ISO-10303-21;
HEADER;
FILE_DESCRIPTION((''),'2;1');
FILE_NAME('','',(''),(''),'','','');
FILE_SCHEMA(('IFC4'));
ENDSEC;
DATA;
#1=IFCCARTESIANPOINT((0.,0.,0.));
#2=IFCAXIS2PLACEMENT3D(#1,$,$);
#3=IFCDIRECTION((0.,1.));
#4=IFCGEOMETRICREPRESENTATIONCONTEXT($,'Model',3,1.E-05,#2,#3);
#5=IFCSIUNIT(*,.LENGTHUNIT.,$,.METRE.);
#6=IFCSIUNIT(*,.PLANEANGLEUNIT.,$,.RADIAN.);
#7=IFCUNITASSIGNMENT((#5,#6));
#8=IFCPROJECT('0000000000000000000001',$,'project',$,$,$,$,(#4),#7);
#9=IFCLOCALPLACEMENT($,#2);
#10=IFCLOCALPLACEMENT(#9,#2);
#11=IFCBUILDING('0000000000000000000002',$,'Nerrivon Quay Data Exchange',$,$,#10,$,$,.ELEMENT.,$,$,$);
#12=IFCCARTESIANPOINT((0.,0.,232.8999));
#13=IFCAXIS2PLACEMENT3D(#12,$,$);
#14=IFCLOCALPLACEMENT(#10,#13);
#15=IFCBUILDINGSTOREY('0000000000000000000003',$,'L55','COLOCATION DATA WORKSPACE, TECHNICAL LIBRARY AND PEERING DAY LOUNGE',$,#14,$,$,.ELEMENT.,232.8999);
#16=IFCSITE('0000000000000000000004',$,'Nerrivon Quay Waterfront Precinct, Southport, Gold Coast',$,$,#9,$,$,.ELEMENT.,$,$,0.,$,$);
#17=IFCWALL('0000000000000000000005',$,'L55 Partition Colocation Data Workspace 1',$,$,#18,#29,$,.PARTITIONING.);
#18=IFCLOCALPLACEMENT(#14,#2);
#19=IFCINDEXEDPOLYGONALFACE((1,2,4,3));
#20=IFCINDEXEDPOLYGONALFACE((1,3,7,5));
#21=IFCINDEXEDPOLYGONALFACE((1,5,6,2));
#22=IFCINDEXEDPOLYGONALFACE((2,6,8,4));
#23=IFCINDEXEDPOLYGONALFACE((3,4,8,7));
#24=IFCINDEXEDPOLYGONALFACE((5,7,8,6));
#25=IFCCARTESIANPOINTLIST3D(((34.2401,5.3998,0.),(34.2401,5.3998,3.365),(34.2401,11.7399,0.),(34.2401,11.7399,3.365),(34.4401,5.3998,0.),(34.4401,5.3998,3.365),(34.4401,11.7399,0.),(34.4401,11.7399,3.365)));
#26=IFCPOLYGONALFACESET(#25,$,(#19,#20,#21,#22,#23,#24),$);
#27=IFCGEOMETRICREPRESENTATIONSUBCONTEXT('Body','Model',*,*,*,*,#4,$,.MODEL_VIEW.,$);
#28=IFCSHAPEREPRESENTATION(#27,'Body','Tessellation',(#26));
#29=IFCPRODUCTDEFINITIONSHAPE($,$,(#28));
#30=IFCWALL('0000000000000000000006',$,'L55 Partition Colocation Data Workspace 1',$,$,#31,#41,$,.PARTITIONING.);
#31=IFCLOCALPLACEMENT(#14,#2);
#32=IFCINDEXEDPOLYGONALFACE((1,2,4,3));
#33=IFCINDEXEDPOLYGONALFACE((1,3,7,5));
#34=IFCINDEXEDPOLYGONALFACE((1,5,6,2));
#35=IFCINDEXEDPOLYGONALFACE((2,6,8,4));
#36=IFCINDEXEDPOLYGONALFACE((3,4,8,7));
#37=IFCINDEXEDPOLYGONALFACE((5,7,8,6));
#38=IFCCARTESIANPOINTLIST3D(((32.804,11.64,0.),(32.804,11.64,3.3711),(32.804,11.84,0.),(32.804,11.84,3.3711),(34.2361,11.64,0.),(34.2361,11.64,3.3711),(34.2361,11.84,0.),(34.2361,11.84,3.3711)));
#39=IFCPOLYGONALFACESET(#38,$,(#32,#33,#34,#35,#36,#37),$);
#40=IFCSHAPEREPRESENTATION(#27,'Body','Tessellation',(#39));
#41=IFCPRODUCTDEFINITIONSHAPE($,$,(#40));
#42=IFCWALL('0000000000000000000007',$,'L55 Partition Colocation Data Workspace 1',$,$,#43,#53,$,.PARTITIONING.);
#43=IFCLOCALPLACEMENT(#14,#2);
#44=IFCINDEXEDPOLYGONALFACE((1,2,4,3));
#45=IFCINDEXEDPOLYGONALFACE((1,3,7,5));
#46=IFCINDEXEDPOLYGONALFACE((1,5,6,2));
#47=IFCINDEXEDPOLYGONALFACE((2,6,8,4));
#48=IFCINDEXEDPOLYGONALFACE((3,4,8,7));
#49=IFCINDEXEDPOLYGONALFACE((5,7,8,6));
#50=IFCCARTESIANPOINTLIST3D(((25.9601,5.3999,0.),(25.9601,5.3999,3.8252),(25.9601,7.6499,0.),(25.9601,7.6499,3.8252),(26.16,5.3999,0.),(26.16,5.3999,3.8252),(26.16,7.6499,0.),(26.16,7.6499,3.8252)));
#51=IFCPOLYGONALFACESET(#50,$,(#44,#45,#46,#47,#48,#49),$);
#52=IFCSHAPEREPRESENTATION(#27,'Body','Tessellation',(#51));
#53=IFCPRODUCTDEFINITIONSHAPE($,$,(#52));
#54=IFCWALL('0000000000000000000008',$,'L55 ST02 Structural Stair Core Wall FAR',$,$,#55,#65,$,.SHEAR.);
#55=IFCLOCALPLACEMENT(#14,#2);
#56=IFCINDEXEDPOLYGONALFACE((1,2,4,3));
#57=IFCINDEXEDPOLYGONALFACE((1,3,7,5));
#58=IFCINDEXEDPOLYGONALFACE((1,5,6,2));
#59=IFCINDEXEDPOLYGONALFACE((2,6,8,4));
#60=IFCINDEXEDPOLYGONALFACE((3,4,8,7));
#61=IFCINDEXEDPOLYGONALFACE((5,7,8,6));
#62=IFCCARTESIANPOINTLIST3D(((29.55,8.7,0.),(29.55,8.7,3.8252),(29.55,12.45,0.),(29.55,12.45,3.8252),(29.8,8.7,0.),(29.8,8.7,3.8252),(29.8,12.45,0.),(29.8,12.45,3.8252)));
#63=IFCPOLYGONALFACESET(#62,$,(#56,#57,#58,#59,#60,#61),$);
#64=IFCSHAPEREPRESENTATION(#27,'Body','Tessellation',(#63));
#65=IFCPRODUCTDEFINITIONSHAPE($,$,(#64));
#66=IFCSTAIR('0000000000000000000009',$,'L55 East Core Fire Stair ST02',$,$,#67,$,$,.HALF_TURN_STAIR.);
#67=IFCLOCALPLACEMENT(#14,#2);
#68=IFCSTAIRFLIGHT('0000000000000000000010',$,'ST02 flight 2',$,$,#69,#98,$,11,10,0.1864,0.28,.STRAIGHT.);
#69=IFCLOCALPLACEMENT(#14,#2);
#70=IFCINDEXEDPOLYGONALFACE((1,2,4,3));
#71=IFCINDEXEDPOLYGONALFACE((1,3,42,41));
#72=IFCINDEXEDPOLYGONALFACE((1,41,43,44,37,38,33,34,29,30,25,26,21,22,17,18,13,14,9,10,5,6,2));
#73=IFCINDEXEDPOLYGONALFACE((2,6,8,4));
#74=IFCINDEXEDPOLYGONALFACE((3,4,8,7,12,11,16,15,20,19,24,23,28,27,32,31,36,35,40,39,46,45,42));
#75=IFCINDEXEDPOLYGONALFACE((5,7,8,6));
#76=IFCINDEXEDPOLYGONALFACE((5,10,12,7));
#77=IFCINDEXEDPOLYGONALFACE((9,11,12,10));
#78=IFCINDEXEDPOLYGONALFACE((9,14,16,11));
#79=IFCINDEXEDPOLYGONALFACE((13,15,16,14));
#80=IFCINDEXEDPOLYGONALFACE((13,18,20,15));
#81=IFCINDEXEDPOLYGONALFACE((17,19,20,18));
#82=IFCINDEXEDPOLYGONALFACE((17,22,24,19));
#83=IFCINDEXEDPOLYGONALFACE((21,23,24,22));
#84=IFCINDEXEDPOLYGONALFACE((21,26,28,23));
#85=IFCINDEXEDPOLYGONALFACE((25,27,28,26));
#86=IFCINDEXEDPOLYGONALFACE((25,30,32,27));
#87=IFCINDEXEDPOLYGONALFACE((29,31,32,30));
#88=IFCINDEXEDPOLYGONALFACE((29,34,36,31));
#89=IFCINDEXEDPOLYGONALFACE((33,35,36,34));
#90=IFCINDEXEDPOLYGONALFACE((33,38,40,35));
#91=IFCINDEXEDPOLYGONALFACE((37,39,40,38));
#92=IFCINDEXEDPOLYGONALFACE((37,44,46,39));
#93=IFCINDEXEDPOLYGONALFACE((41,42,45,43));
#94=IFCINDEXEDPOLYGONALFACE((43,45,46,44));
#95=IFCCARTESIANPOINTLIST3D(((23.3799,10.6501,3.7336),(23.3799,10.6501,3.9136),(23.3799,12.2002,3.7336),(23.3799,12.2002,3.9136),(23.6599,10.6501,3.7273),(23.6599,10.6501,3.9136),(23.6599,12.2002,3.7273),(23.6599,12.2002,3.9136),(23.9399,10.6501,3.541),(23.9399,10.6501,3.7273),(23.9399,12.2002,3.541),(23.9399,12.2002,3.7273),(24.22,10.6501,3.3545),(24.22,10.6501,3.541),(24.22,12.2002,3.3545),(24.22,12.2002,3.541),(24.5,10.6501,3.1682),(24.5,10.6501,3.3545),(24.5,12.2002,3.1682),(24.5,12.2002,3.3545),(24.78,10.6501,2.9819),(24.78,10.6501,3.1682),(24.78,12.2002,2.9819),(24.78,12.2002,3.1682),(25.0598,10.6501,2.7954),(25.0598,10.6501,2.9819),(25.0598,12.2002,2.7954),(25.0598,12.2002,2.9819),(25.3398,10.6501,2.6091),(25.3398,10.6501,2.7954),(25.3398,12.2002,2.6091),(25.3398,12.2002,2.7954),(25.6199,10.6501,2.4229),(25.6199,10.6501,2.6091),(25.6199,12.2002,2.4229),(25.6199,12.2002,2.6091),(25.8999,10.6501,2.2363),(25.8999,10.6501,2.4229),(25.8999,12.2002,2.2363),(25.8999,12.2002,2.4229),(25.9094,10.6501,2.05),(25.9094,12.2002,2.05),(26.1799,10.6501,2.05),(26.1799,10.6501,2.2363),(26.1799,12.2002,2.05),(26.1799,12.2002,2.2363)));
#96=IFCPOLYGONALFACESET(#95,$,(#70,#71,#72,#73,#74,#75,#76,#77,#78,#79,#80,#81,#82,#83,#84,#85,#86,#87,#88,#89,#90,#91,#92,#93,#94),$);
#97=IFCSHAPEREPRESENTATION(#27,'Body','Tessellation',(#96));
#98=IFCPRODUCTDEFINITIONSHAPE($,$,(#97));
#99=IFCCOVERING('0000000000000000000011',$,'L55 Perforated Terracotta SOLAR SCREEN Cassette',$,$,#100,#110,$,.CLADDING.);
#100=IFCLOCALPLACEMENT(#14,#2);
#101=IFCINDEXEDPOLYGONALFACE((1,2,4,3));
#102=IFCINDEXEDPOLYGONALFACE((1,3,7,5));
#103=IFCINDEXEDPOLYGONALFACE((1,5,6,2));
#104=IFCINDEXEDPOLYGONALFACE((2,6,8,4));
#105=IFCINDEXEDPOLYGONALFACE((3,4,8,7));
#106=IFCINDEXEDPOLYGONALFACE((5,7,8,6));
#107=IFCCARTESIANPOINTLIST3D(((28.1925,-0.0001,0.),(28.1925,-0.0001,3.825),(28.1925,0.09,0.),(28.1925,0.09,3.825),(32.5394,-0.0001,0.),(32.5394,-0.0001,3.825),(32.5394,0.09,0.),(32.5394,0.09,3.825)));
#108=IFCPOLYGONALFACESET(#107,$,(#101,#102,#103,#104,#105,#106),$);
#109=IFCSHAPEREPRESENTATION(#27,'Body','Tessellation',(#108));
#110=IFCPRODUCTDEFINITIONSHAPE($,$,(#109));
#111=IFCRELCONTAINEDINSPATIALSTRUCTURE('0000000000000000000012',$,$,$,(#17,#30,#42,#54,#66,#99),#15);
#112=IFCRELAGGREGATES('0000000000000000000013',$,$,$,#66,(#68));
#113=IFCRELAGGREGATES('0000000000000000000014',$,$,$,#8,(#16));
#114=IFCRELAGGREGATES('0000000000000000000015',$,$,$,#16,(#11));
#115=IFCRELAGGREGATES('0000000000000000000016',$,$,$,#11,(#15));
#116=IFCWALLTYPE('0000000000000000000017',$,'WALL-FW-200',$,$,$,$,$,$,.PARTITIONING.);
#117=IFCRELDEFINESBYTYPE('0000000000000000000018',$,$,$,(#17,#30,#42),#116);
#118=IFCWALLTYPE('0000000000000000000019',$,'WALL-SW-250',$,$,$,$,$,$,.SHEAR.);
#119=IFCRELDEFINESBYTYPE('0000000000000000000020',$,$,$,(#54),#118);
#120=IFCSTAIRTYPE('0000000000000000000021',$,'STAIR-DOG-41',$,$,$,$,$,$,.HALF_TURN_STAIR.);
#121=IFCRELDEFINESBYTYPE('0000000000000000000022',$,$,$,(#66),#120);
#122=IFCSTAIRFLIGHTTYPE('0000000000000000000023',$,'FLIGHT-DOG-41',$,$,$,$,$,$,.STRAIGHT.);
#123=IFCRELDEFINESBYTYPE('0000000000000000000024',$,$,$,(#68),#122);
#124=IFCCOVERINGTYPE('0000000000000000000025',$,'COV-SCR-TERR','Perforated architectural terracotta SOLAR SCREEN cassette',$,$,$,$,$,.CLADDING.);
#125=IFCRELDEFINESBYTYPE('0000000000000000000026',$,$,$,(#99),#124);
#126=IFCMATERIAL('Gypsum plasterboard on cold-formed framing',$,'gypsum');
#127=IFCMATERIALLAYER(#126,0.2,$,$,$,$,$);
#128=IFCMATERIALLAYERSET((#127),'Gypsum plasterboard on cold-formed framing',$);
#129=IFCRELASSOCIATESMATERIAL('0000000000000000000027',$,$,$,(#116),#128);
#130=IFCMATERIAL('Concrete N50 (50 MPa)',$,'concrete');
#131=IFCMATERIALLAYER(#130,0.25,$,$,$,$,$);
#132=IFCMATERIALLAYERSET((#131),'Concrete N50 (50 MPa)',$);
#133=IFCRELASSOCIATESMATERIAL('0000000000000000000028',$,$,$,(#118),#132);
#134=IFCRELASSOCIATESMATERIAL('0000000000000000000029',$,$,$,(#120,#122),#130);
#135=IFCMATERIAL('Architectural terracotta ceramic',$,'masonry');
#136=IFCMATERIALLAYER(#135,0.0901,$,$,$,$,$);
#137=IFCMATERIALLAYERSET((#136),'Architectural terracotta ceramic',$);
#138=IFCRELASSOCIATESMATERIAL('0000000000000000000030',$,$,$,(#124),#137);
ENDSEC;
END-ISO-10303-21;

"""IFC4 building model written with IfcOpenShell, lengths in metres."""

from ifc_helpers import new_model, si_unit, direction, frame, frame_2d, origin, origin_2d, place, context, subcontext, project, spatial, polyline, rectangle, outline, extrude, material, layer, layer_set, type_object, element, aggregate, save


model = new_model("IFC4")

# Units and contexts
model_context = context("Model", 3, precision=1e-05, world=origin(), true_north=direction((0.0, 1.0)))
body_context = subcontext(model_context, "Body", "Model", "MODEL_VIEW")
ifc_project = project(units=[si_unit("LENGTHUNIT", "METRE"), si_unit("PLANEANGLEUNIT", "RADIAN")], contexts=[model_context])

# Site, building, storey
site_placement = place(None, origin())
site = spatial("IfcSite", under=ifc_project, at=site_placement, Name="Nerrivon Quay Waterfront Precinct, Southport, Gold Coast", CompositionType="ELEMENT", RefElevation=0.0)
building_placement = place(site_placement, origin())
building = spatial("IfcBuilding", under=site, at=building_placement, Name="Nerrivon Quay Data Exchange", CompositionType="ELEMENT")
storey_placement = place(building_placement, frame((0.0, 0.0, 232.8999)))
storey = spatial("IfcBuildingStorey", under=building, at=storey_placement, Name="L55", Description="COLOCATION DATA WORKSPACE, TECHNICAL LIBRARY AND PEERING DAY LOUNGE", CompositionType="ELEMENT", Elevation=232.8999)

# Shared definitions
ifc_material_1 = material(Name="Concrete N50 (50 MPa)", Category="concrete")
ifc_material_2 = material(Name="Gypsum plasterboard on cold-formed framing", Category="gypsum")
ifc_layer_1 = layer(ifc_material_2, 0.2)
ifc_layer_set_1 = layer_set([ifc_layer_1], Name="Gypsum plasterboard on cold-formed framing")
wall_type_1 = type_object("IfcWallType", Name="WALL-FW-200", PredefinedType="PARTITIONING", material=ifc_layer_set_1)

# Walls
wall_1_placement = place(storey_placement, frame((34.3401, 5.3999, 0.0), z_axis=(0.0, 0.0, 1.0), x_axis=(0.0, 1.0, 0.0)))
element("IfcWall", 1, at=wall_1_placement, inside=storey, type_object=wall_type_1, Name="L55 Partition Colocation Data Workspace 1", PredefinedType="PARTITIONING", context=body_context, shape_type="SweptSolid", body=[
    extrude(rectangle(XDim=6.3401, YDim=0.2, at=frame_2d((3.1699, 0.0))), origin(), (0.0, 0.0, 1.0), 3.365),
])
wall_2_placement = place(storey_placement, frame((34.2361, 11.74, 0.0), z_axis=(0.0, 0.0, 1.0), x_axis=(-1.0, 0.0, 0.0)))
element("IfcWall", 2, at=wall_2_placement, inside=storey, type_object=wall_type_1, Name="L55 Partition Colocation Data Workspace 1", PredefinedType="PARTITIONING", context=body_context, shape_type="SweptSolid", body=[
    extrude(rectangle(XDim=1.4321, YDim=0.2, at=frame_2d((0.7161, 0.0))), origin(), (0.0, 0.0, 1.0), 3.3711),
])
wall_3_placement = place(storey_placement, frame((26.0601, 7.6499, 0.0), z_axis=(0.0, 0.0, 1.0), x_axis=(0.0, -1.0, 0.0)))
element("IfcWall", 3, at=wall_3_placement, inside=storey, type_object=wall_type_1, Name="L55 Partition Colocation Data Workspace 1", PredefinedType="PARTITIONING", context=body_context, shape_type="SweptSolid", body=[
    extrude(rectangle(XDim=2.25, YDim=0.2, at=frame_2d((1.125, 0.0))), origin(), (0.0, 0.0, 1.0), 3.8252),
])
ifc_layer_2 = layer(ifc_material_1, 0.25)
ifc_layer_set_2 = layer_set([ifc_layer_2], Name="Concrete N50 (50 MPa)")
wall_type_2 = type_object("IfcWallType", Name="WALL-SW-250", PredefinedType="SHEAR", material=ifc_layer_set_2)
wall_4_placement = place(storey_placement, frame((29.675, 8.7, 0.0), z_axis=(0.0, 0.0, 1.0), x_axis=(0.0, 1.0, 0.0)))
element("IfcWall", 4, at=wall_4_placement, inside=storey, type_object=wall_type_2, Name="L55 ST02 Structural Stair Core Wall FAR", PredefinedType="SHEAR", context=body_context, shape_type="SweptSolid", body=[
    extrude(rectangle(XDim=3.75, YDim=0.25, at=frame_2d((1.875, 0.0))), origin(), (0.0, 0.0, 1.0), 3.8252),
])

# Stair, stair flight
stair_type = type_object("IfcStairType", Name="STAIR-DOG-41", PredefinedType="HALF_TURN_STAIR", material=ifc_material_1)
stair_placement = place(storey_placement, origin())
stair = element("IfcStair", 5, at=stair_placement, inside=storey, type_object=stair_type, Name="L55 East Core Fire Stair ST02", PredefinedType="HALF_TURN_STAIR")
stair_flight_type = type_object("IfcStairFlightType", Name="FLIGHT-DOG-41", PredefinedType="STRAIGHT", material=ifc_material_1)
stair_flight_placement = place(storey_placement, frame((26.1799, 11.425, 2.05), z_axis=(0.0, 0.0, 1.0), x_axis=(-1.0, 0.0, 0.0)))
stair_flight = element("IfcStairFlight", 6, at=stair_flight_placement, type_object=stair_flight_type, Name="ST02 flight 2", NumberOfRisers=11, NumberOfTreads=10, PredefinedType="STRAIGHT", RiserHeight=0.1864, TreadLength=0.28, context=body_context, shape_type="SweptSolid", body=[
    extrude(outline(polyline([(0.0, 0.0), (0.0, 0.1863), (0.28, 0.1863), (0.28, 0.3728), (0.5601, 0.3728), (0.5601, 0.5591), (0.8401, 0.5591), (0.8401, 0.7454), (1.1201, 0.7454), (1.1201, 0.9319), (1.3999, 0.9319), (1.3999, 1.1182), (1.6799, 1.1182), (1.6799, 1.3044), (1.96, 1.3044), (1.96, 1.491), (2.24, 1.491), (2.24, 1.6772), (2.52, 1.6772), (2.52, 1.8635), (2.8, 1.8635), (2.8, 2.05), (2.8, 1.6836), (0.2705, 0.0), (0.0, 0.0)])), frame((0.0, 0.7749, 0.0), z_axis=(0.0, -1.0, 0.0), x_axis=(1.0, 0.0, 0.0)), (0.0, 0.0, 1.0), 1.55),
])
aggregate(stair, [stair_flight])

# Covering
ifc_material_3 = material(Name="Architectural terracotta ceramic", Category="masonry")
ifc_layer_3 = layer(ifc_material_3, 0.0901)
ifc_layer_set_3 = layer_set([ifc_layer_3], Name="Architectural terracotta ceramic")
covering_type = type_object("IfcCoveringType", Name="COV-SCR-TERR", Description="Perforated architectural terracotta SOLAR SCREEN cassette", PredefinedType="CLADDING", material=ifc_layer_set_3)
covering_placement = place(storey_placement, frame((30.366, 0.0449, 0.0), z_axis=(0.0, 0.0, 1.0), x_axis=(-1.0, 0.0, 0.0)))
element("IfcCovering", 7, at=covering_placement, inside=storey, type_object=covering_type, Name="L55 Perforated Terracotta SOLAR SCREEN Cassette", PredefinedType="CLADDING", context=body_context, shape_type="SweptSolid", body=[
    extrude(rectangle(XDim=4.3469, YDim=0.0901, at=origin_2d()), origin(), (0.0, 0.0, 1.0), 3.825),
])

save(model, "model.ifc")
